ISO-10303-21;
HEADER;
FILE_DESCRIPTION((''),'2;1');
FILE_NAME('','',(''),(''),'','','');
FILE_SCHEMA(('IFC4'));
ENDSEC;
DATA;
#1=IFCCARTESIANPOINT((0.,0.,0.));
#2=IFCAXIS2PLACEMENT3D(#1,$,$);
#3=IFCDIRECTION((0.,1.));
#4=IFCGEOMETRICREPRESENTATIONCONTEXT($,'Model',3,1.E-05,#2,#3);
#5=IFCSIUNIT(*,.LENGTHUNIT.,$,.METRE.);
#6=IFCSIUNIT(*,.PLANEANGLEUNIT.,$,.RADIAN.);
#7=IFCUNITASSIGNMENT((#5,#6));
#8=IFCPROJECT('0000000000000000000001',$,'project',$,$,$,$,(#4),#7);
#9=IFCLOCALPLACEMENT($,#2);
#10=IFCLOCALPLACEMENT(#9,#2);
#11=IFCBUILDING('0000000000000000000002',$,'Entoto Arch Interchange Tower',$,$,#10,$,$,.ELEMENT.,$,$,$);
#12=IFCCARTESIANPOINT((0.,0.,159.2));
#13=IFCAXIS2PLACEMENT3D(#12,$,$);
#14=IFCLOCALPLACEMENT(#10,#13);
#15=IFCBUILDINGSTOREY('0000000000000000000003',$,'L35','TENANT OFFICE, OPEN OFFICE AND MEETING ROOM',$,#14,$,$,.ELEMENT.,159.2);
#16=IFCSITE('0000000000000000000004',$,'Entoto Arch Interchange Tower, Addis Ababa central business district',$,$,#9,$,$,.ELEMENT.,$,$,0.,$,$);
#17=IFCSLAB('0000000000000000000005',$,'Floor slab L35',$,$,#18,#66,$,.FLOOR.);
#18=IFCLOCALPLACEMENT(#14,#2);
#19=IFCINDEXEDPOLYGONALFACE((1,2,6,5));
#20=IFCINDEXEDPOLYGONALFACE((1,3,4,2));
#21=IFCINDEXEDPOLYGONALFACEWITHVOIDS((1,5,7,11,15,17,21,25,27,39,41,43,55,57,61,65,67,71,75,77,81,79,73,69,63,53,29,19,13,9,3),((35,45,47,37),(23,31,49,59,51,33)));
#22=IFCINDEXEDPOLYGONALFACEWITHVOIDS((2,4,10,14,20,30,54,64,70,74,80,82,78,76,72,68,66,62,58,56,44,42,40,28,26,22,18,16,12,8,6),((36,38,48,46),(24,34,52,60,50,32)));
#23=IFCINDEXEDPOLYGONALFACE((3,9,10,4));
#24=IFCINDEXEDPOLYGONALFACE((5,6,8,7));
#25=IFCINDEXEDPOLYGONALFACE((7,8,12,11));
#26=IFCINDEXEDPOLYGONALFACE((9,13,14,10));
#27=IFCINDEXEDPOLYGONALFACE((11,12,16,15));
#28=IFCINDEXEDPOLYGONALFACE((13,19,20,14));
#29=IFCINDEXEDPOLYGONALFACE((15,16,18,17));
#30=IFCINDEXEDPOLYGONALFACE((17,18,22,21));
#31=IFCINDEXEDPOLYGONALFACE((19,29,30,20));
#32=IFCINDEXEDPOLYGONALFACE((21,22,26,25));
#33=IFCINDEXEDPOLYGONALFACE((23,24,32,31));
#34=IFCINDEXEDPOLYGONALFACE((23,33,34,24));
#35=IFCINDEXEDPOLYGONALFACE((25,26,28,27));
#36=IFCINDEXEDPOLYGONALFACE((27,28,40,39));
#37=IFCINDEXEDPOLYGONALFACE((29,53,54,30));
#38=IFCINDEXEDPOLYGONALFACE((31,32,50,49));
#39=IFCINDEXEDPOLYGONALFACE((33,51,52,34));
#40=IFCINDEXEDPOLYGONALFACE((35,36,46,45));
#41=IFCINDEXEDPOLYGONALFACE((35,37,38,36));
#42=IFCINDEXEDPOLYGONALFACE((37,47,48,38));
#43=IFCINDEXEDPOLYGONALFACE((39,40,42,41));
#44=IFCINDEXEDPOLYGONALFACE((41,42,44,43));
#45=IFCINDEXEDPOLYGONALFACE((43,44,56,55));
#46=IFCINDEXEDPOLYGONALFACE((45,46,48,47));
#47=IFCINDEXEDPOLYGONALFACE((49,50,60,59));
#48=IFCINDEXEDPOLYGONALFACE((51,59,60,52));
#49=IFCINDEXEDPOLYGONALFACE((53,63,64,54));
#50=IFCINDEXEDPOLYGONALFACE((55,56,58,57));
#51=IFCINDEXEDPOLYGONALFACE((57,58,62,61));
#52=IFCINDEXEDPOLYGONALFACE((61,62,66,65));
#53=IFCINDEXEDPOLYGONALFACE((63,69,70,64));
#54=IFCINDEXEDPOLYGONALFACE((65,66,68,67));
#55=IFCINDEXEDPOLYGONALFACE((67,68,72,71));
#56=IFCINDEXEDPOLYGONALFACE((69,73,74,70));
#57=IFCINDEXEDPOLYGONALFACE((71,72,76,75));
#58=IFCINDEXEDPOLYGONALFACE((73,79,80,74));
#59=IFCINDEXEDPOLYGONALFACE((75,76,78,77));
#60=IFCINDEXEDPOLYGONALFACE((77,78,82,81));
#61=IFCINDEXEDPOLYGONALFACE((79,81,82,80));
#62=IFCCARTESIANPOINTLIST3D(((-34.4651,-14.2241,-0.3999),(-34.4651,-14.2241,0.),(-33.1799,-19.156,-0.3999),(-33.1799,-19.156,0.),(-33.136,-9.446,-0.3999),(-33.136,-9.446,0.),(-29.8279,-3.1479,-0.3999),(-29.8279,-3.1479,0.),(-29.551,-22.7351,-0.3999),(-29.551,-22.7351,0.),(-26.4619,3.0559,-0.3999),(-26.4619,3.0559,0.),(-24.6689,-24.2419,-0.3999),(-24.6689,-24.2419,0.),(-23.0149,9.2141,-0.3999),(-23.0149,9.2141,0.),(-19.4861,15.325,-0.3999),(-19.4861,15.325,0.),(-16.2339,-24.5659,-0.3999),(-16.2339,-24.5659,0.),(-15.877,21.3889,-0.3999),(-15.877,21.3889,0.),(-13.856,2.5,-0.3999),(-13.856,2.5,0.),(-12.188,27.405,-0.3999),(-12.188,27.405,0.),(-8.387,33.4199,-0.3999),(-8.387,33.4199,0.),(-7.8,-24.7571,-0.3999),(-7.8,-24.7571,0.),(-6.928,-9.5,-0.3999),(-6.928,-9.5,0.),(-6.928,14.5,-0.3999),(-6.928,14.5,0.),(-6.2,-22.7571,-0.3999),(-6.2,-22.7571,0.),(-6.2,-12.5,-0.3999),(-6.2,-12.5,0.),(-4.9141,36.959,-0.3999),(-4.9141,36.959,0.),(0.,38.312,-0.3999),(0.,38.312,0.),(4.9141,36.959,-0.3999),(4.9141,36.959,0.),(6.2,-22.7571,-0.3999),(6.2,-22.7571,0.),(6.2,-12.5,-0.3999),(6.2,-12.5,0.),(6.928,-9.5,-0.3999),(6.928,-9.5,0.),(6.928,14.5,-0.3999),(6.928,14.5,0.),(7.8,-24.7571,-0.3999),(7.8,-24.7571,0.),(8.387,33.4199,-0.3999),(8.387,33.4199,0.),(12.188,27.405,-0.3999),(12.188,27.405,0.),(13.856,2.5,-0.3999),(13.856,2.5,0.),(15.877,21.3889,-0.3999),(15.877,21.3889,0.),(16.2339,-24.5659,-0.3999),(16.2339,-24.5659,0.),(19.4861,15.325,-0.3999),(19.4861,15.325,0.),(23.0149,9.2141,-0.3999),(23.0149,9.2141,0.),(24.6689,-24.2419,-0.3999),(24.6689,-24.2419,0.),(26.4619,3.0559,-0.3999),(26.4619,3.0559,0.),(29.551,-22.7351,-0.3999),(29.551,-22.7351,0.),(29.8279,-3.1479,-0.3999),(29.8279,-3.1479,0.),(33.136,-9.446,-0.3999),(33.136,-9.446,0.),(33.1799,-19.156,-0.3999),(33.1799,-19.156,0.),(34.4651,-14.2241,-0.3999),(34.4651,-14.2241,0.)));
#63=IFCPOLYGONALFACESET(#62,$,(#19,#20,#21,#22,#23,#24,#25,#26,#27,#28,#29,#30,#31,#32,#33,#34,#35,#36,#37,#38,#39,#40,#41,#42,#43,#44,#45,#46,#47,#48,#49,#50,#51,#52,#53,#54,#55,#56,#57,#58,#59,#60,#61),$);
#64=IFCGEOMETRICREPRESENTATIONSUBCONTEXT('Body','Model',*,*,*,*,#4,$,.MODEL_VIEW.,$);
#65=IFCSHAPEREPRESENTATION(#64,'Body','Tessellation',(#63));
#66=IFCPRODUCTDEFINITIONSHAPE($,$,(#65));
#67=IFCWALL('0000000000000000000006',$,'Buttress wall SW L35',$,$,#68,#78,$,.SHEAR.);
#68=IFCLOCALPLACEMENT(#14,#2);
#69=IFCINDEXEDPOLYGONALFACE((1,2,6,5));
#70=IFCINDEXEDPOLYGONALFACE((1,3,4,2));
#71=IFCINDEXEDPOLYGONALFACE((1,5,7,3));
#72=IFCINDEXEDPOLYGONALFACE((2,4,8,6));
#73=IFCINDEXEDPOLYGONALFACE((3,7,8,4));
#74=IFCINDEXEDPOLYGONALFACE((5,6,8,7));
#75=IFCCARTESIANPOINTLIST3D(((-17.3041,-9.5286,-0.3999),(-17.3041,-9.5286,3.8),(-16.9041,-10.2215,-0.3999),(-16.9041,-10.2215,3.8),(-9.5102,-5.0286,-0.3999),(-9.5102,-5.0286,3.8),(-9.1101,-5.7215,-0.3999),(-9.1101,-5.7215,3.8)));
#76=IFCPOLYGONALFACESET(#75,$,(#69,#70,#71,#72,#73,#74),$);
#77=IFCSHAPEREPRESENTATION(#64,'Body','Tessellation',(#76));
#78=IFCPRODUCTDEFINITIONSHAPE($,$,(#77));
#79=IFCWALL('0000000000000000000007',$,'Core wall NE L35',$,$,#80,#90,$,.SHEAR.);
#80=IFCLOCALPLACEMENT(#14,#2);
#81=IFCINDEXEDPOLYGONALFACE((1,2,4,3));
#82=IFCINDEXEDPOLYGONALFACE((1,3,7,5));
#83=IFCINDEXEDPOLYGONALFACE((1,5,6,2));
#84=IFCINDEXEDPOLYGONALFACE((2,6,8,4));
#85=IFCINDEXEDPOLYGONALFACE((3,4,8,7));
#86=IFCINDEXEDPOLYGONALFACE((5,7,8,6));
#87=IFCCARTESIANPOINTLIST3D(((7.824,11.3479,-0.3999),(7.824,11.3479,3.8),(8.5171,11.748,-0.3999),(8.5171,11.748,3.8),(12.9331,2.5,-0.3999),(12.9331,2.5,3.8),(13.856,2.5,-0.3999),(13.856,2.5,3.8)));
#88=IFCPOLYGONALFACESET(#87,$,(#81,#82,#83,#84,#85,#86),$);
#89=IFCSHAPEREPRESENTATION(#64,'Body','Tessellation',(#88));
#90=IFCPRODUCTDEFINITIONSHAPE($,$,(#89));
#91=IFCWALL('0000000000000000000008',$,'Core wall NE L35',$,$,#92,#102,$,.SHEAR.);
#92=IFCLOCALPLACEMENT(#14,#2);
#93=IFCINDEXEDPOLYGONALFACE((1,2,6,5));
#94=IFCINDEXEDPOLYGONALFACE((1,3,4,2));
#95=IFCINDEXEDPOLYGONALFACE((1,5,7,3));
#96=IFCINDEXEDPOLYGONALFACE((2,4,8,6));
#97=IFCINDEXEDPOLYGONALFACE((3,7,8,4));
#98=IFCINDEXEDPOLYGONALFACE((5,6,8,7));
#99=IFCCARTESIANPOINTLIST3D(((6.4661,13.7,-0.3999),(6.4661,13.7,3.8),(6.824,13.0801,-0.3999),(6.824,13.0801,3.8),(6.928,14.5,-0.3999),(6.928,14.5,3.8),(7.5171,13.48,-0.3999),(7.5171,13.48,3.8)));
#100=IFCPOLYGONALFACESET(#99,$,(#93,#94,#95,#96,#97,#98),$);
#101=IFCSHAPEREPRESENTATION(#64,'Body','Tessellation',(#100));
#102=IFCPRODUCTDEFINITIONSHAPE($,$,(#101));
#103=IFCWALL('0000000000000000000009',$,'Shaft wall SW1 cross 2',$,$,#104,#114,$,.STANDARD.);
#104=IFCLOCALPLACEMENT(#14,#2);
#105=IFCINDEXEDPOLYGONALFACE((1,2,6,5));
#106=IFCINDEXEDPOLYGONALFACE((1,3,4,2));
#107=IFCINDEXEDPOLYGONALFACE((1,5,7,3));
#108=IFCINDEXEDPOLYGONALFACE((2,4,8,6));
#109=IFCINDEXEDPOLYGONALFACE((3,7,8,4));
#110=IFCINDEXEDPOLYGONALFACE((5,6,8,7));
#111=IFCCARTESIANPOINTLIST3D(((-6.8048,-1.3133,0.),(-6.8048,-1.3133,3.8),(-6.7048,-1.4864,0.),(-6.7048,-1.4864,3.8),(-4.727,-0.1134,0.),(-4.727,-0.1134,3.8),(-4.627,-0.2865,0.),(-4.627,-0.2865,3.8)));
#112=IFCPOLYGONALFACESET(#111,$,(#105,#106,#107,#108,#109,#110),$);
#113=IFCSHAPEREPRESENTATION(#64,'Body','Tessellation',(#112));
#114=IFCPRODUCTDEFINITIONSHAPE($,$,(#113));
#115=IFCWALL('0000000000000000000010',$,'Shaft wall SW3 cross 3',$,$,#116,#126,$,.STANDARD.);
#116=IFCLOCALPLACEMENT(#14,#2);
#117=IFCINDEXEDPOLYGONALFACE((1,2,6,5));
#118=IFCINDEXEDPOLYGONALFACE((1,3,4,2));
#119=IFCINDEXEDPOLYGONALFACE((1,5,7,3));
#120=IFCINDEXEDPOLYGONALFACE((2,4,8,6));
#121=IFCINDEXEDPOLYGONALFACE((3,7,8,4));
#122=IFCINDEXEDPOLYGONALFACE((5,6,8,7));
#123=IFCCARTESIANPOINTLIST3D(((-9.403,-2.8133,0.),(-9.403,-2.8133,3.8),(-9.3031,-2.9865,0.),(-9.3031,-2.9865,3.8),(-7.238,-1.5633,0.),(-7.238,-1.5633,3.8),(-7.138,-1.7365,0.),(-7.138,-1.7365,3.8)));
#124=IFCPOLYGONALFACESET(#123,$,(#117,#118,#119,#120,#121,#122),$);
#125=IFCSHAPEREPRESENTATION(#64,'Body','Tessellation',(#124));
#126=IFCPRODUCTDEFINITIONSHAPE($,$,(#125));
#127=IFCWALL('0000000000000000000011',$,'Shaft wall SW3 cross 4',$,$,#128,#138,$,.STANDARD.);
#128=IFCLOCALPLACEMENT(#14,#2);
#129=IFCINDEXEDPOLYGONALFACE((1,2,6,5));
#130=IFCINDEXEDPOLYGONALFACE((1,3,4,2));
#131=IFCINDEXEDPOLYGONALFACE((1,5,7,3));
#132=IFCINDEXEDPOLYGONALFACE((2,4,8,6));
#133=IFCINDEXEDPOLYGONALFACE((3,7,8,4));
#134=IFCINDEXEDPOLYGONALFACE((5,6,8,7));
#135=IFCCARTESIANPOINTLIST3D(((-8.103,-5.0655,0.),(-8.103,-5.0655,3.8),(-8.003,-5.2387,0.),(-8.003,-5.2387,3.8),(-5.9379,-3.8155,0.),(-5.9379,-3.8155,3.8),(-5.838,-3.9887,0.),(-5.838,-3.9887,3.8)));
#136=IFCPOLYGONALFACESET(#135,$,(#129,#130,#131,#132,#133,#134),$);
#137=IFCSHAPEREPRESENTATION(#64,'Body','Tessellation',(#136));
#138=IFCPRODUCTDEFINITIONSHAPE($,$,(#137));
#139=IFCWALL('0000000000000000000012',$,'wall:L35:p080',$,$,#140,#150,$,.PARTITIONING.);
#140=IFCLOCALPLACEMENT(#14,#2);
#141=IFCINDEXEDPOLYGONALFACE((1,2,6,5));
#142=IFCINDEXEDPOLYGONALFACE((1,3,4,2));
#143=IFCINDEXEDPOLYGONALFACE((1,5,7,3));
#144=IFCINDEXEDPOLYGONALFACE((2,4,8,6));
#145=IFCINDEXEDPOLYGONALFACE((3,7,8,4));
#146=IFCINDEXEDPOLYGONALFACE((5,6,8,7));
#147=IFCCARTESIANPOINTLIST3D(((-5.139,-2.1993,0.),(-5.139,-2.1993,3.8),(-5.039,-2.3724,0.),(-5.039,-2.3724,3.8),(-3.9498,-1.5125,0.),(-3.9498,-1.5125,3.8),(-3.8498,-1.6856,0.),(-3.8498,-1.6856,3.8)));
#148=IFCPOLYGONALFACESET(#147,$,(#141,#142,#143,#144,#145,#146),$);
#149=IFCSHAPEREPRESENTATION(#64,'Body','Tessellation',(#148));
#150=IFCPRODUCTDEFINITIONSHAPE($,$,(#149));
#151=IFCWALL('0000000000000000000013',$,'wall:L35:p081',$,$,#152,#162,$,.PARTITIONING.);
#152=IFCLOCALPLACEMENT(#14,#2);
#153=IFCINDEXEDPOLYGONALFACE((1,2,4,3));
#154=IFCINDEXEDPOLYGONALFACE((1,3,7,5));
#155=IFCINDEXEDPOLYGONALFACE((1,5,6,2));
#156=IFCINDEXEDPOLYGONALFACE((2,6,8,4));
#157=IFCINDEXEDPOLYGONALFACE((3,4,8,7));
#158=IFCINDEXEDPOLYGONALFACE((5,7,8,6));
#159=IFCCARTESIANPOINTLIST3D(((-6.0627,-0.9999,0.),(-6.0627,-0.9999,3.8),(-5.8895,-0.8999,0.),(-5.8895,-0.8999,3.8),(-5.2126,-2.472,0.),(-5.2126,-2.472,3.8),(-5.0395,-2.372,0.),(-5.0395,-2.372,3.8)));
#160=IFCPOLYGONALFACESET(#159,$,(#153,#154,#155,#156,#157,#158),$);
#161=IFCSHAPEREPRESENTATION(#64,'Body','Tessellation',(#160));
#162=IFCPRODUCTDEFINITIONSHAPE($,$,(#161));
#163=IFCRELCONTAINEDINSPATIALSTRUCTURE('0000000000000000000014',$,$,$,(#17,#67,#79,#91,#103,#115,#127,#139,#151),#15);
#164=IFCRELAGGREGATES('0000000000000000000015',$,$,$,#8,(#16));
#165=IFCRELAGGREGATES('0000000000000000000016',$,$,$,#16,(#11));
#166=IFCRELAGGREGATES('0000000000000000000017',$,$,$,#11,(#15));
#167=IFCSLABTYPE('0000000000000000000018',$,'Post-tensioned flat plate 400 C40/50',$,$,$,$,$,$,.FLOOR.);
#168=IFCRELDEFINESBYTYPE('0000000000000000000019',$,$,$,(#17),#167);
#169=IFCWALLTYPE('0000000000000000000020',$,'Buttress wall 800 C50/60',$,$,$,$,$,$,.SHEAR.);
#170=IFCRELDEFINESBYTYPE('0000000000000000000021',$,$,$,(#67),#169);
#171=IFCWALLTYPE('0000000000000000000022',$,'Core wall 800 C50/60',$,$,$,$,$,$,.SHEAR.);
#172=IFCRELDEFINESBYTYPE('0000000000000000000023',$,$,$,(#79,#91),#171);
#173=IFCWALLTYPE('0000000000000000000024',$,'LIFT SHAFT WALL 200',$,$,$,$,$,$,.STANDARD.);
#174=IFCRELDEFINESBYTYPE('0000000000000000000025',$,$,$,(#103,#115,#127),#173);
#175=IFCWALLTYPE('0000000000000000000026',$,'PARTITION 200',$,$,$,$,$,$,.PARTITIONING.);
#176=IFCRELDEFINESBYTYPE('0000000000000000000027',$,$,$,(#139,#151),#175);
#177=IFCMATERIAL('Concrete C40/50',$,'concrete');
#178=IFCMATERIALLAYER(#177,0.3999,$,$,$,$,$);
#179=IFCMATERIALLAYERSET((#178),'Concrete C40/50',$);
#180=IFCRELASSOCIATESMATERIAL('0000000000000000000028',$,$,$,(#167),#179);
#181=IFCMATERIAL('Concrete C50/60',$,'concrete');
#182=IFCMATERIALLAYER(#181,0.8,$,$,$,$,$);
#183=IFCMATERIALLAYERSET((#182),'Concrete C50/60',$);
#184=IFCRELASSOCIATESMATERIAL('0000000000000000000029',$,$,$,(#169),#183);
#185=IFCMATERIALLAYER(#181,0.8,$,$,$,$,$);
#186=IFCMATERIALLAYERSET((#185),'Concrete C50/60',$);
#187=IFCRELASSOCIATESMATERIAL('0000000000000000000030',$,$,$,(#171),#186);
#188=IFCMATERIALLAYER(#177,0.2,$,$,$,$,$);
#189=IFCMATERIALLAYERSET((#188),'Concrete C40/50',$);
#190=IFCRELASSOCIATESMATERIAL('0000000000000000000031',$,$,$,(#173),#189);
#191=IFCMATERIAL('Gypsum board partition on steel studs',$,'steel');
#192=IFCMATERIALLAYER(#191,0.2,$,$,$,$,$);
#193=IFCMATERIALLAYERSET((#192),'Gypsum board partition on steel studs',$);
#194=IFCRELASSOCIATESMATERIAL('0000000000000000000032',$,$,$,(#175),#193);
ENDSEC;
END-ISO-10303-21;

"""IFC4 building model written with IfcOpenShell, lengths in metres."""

from ifc_helpers import new_model, si_unit, direction, frame, frame_2d, origin, place, context, subcontext, project, spatial, polyline, rectangle, outline, extrude, material, layer, layer_set, type_object, element, save


model = new_model("IFC4")

# Units and contexts
model_context = context("Model", 3, precision=1e-05, world=origin(), true_north=direction((0.0, 1.0)))
body_context = subcontext(model_context, "Body", "Model", "MODEL_VIEW")
ifc_project = project(units=[si_unit("LENGTHUNIT", "METRE"), si_unit("PLANEANGLEUNIT", "RADIAN")], contexts=[model_context])

# Site, building, storey
site_placement = place(None, origin())
site = spatial("IfcSite", under=ifc_project, at=site_placement, Name="Entoto Arch Interchange Tower, Addis Ababa central business district", CompositionType="ELEMENT", RefElevation=0.0)
building_placement = place(site_placement, origin())
building = spatial("IfcBuilding", under=site, at=building_placement, Name="Entoto Arch Interchange Tower", CompositionType="ELEMENT")
storey_placement = place(building_placement, frame((0.0, 0.0, 159.2)))
storey = spatial("IfcBuildingStorey", under=building, at=storey_placement, Name="L35", Description="TENANT OFFICE, OPEN OFFICE AND MEETING ROOM", CompositionType="ELEMENT", Elevation=159.2)

# Slab
ifc_material_1 = material(Name="Concrete C40/50", Category="concrete")
ifc_layer_1 = layer(ifc_material_1, 0.3999)
ifc_layer_set_1 = layer_set([ifc_layer_1], Name="Concrete C40/50")
slab_type = type_object("IfcSlabType", Name="Post-tensioned flat plate 400 C40/50", PredefinedType="FLOOR", material=ifc_layer_set_1)
slab_placement = place(storey_placement, frame((0.0, 0.0, -0.3999)))
element("IfcSlab", 1, at=slab_placement, inside=storey, type_object=slab_type, Name="Floor slab L35", PredefinedType="FLOOR", context=body_context, shape_type="SweptSolid", body=[
    extrude(outline(polyline([(-24.6689, -24.2419), (-16.2339, -24.5659), (-7.8, -24.7571), (7.8, -24.7571), (16.2339, -24.5659), (24.6689, -24.2419), (29.551, -22.7351), (33.1799, -19.156), (34.4651, -14.2241), (33.136, -9.446), (29.8279, -3.1479), (26.4619, 3.0559), (23.0149, 9.2141), (19.4861, 15.325), (15.877, 21.3889), (12.188, 27.405), (8.387, 33.4199), (4.9141, 36.959), (0.0, 38.312), (-4.9141, 36.959), (-8.387, 33.4199), (-12.188, 27.405), (-15.877, 21.3889), (-19.4861, 15.325), (-23.0149, 9.2141), (-26.4619, 3.0559), (-29.8279, -3.1479), (-33.136, -9.446), (-34.4651, -14.2241), (-33.1799, -19.156), (-29.551, -22.7351), (-24.6689, -24.2419)]), holes=[polyline([(6.2, -22.7571), (6.2, -12.5), (-6.2, -12.5), (-6.2, -22.7571), (6.2, -22.7571)]), polyline([(13.856, 2.5), (6.928, 14.5), (-6.928, 14.5), (-13.856, 2.5), (-6.928, -9.5), (6.928, -9.5), (13.856, 2.5)])]), origin(), (0.0, 0.0, 1.0), 0.3999),
])

# Walls
ifc_material_2 = material(Name="Concrete C50/60", Category="concrete")
ifc_layer_2 = layer(ifc_material_2, 0.8)
ifc_layer_set_2 = layer_set([ifc_layer_2], Name="Concrete C50/60")
wall_type_1 = type_object("IfcWallType", Name="Buttress wall 800 C50/60", PredefinedType="SHEAR", material=ifc_layer_set_2)
wall_1_placement = place(storey_placement, frame((-9.3101, -5.375, -0.3999), z_axis=(0.0, 0.0, 1.0), x_axis=(-0.866018, -0.500014, 0.0)))
element("IfcWall", 2, at=wall_1_placement, inside=storey, type_object=wall_type_1, Name="Buttress wall SW L35", PredefinedType="SHEAR", context=body_context, shape_type="SweptSolid", body=[
    extrude(rectangle(XDim=8.9998, YDim=0.8, at=frame_2d((4.5, 0.0))), origin(), (0.0, 0.0, 1.0), 4.2),
])
ifc_layer_3 = layer(ifc_material_2, 0.8)
ifc_layer_set_3 = layer_set([ifc_layer_3], Name="Concrete C50/60")
wall_type_2 = type_object("IfcWallType", Name="Core wall 800 C50/60", PredefinedType="SHEAR", material=ifc_layer_set_3)
wall_2_placement = place(storey_placement, frame((0.0, 0.0, -0.3999)))
element("IfcWall", 3, at=wall_2_placement, inside=storey, type_object=wall_type_2, Name="Core wall NE L35", PredefinedType="SHEAR", context=body_context, shape_type="SweptSolid", body=[
    extrude(outline(polyline([(8.5171, 11.748), (7.824, 11.3479), (12.9331, 2.5), (13.856, 2.5), (8.5171, 11.748)])), origin(), (0.0, 0.0, 1.0), 4.2),
])
wall_3_placement = place(storey_placement, frame((0.0, 0.0, -0.3999)))
element("IfcWall", 4, at=wall_3_placement, inside=storey, type_object=wall_type_2, Name="Core wall NE L35", PredefinedType="SHEAR", context=body_context, shape_type="SweptSolid", body=[
    extrude(outline(polyline([(6.824, 13.0801), (7.5171, 13.48), (6.928, 14.5), (6.4661, 13.7), (6.824, 13.0801)])), origin(), (0.0, 0.0, 1.0), 4.2),
])
ifc_layer_4 = layer(ifc_material_1, 0.2)
ifc_layer_set_4 = layer_set([ifc_layer_4], Name="Concrete C40/50")
wall_type_3 = type_object("IfcWallType", Name="LIFT SHAFT WALL 200", PredefinedType="STANDARD", material=ifc_layer_set_4)
wall_4_placement = place(storey_placement, frame((-4.677, -0.2, 0.0), z_axis=(0.0, 0.0, 1.0), x_axis=(-0.865974, -0.500089, 0.0)))
element("IfcWall", 5, at=wall_4_placement, inside=storey, type_object=wall_type_3, Name="Shaft wall SW1 cross 2", PredefinedType="STANDARD", context=body_context, shape_type="SweptSolid", body=[
    extrude(rectangle(XDim=2.3994, YDim=0.2, at=frame_2d((1.1997, 0.0))), origin(), (0.0, 0.0, 1.0), 3.8),
])
for number, where, z_axis, x_axis, name in (
    (6, (-7.188, -1.6499, 0.0), (0.0, 0.0, 1.0), (-0.866023, -0.500004, 0.0), "Shaft wall SW3 cross 3"),
    (7, (-5.8879, -3.9021, 0.0), (0.0, 0.0, 1.0), (-0.866023, -0.500004, 0.0), "Shaft wall SW3 cross 4"),
):
    element("IfcWall", number, at=place(storey_placement, frame(where, z_axis=z_axis, x_axis=x_axis)), inside=storey, type_object=wall_type_3, Name=name, PredefinedType="STANDARD", context=body_context, shape_type="SweptSolid", body=[
        extrude(rectangle(XDim=2.5, YDim=0.2, at=frame_2d((1.25, 0.0))), origin(), (0.0, 0.0, 1.0), 3.8),
    ])
ifc_material_3 = material(Name="Gypsum board partition on steel studs", Category="steel")
ifc_layer_5 = layer(ifc_material_3, 0.2)
ifc_layer_set_5 = layer_set([ifc_layer_5], Name="Gypsum board partition on steel studs")
wall_type_4 = type_object("IfcWallType", Name="PARTITION 200", PredefinedType="PARTITIONING", material=ifc_layer_set_5)
wall_5_placement = place(storey_placement, frame((-3.8999, -1.5991, 0.0), z_axis=(0.0, 0.0, 1.0), x_axis=(-0.865969, -0.500097, 0.0)))
element("IfcWall", 8, at=wall_5_placement, inside=storey, type_object=wall_type_4, Name="wall:L35:p080", PredefinedType="PARTITIONING", context=body_context, shape_type="SweptSolid", body=[
    extrude(rectangle(XDim=1.3733, YDim=0.2, at=frame_2d((0.6865, 0.0))), origin(), (0.0, 0.0, 1.0), 3.8),
])
wall_6_placement = place(storey_placement, frame((-5.126, -2.4221, 0.0), z_axis=(0.0, 0.0, 1.0), x_axis=(-0.500062, 0.865989, 0.0)))
element("IfcWall", 9, at=wall_6_placement, inside=storey, type_object=wall_type_4, Name="wall:L35:p081", PredefinedType="PARTITIONING", context=body_context, shape_type="SweptSolid", body=[
    extrude(rectangle(XDim=1.7, YDim=0.2, at=frame_2d((0.8501, 0.0))), origin(), (0.0, 0.0, 1.0), 3.8),
])

save(model, "model.ifc")
